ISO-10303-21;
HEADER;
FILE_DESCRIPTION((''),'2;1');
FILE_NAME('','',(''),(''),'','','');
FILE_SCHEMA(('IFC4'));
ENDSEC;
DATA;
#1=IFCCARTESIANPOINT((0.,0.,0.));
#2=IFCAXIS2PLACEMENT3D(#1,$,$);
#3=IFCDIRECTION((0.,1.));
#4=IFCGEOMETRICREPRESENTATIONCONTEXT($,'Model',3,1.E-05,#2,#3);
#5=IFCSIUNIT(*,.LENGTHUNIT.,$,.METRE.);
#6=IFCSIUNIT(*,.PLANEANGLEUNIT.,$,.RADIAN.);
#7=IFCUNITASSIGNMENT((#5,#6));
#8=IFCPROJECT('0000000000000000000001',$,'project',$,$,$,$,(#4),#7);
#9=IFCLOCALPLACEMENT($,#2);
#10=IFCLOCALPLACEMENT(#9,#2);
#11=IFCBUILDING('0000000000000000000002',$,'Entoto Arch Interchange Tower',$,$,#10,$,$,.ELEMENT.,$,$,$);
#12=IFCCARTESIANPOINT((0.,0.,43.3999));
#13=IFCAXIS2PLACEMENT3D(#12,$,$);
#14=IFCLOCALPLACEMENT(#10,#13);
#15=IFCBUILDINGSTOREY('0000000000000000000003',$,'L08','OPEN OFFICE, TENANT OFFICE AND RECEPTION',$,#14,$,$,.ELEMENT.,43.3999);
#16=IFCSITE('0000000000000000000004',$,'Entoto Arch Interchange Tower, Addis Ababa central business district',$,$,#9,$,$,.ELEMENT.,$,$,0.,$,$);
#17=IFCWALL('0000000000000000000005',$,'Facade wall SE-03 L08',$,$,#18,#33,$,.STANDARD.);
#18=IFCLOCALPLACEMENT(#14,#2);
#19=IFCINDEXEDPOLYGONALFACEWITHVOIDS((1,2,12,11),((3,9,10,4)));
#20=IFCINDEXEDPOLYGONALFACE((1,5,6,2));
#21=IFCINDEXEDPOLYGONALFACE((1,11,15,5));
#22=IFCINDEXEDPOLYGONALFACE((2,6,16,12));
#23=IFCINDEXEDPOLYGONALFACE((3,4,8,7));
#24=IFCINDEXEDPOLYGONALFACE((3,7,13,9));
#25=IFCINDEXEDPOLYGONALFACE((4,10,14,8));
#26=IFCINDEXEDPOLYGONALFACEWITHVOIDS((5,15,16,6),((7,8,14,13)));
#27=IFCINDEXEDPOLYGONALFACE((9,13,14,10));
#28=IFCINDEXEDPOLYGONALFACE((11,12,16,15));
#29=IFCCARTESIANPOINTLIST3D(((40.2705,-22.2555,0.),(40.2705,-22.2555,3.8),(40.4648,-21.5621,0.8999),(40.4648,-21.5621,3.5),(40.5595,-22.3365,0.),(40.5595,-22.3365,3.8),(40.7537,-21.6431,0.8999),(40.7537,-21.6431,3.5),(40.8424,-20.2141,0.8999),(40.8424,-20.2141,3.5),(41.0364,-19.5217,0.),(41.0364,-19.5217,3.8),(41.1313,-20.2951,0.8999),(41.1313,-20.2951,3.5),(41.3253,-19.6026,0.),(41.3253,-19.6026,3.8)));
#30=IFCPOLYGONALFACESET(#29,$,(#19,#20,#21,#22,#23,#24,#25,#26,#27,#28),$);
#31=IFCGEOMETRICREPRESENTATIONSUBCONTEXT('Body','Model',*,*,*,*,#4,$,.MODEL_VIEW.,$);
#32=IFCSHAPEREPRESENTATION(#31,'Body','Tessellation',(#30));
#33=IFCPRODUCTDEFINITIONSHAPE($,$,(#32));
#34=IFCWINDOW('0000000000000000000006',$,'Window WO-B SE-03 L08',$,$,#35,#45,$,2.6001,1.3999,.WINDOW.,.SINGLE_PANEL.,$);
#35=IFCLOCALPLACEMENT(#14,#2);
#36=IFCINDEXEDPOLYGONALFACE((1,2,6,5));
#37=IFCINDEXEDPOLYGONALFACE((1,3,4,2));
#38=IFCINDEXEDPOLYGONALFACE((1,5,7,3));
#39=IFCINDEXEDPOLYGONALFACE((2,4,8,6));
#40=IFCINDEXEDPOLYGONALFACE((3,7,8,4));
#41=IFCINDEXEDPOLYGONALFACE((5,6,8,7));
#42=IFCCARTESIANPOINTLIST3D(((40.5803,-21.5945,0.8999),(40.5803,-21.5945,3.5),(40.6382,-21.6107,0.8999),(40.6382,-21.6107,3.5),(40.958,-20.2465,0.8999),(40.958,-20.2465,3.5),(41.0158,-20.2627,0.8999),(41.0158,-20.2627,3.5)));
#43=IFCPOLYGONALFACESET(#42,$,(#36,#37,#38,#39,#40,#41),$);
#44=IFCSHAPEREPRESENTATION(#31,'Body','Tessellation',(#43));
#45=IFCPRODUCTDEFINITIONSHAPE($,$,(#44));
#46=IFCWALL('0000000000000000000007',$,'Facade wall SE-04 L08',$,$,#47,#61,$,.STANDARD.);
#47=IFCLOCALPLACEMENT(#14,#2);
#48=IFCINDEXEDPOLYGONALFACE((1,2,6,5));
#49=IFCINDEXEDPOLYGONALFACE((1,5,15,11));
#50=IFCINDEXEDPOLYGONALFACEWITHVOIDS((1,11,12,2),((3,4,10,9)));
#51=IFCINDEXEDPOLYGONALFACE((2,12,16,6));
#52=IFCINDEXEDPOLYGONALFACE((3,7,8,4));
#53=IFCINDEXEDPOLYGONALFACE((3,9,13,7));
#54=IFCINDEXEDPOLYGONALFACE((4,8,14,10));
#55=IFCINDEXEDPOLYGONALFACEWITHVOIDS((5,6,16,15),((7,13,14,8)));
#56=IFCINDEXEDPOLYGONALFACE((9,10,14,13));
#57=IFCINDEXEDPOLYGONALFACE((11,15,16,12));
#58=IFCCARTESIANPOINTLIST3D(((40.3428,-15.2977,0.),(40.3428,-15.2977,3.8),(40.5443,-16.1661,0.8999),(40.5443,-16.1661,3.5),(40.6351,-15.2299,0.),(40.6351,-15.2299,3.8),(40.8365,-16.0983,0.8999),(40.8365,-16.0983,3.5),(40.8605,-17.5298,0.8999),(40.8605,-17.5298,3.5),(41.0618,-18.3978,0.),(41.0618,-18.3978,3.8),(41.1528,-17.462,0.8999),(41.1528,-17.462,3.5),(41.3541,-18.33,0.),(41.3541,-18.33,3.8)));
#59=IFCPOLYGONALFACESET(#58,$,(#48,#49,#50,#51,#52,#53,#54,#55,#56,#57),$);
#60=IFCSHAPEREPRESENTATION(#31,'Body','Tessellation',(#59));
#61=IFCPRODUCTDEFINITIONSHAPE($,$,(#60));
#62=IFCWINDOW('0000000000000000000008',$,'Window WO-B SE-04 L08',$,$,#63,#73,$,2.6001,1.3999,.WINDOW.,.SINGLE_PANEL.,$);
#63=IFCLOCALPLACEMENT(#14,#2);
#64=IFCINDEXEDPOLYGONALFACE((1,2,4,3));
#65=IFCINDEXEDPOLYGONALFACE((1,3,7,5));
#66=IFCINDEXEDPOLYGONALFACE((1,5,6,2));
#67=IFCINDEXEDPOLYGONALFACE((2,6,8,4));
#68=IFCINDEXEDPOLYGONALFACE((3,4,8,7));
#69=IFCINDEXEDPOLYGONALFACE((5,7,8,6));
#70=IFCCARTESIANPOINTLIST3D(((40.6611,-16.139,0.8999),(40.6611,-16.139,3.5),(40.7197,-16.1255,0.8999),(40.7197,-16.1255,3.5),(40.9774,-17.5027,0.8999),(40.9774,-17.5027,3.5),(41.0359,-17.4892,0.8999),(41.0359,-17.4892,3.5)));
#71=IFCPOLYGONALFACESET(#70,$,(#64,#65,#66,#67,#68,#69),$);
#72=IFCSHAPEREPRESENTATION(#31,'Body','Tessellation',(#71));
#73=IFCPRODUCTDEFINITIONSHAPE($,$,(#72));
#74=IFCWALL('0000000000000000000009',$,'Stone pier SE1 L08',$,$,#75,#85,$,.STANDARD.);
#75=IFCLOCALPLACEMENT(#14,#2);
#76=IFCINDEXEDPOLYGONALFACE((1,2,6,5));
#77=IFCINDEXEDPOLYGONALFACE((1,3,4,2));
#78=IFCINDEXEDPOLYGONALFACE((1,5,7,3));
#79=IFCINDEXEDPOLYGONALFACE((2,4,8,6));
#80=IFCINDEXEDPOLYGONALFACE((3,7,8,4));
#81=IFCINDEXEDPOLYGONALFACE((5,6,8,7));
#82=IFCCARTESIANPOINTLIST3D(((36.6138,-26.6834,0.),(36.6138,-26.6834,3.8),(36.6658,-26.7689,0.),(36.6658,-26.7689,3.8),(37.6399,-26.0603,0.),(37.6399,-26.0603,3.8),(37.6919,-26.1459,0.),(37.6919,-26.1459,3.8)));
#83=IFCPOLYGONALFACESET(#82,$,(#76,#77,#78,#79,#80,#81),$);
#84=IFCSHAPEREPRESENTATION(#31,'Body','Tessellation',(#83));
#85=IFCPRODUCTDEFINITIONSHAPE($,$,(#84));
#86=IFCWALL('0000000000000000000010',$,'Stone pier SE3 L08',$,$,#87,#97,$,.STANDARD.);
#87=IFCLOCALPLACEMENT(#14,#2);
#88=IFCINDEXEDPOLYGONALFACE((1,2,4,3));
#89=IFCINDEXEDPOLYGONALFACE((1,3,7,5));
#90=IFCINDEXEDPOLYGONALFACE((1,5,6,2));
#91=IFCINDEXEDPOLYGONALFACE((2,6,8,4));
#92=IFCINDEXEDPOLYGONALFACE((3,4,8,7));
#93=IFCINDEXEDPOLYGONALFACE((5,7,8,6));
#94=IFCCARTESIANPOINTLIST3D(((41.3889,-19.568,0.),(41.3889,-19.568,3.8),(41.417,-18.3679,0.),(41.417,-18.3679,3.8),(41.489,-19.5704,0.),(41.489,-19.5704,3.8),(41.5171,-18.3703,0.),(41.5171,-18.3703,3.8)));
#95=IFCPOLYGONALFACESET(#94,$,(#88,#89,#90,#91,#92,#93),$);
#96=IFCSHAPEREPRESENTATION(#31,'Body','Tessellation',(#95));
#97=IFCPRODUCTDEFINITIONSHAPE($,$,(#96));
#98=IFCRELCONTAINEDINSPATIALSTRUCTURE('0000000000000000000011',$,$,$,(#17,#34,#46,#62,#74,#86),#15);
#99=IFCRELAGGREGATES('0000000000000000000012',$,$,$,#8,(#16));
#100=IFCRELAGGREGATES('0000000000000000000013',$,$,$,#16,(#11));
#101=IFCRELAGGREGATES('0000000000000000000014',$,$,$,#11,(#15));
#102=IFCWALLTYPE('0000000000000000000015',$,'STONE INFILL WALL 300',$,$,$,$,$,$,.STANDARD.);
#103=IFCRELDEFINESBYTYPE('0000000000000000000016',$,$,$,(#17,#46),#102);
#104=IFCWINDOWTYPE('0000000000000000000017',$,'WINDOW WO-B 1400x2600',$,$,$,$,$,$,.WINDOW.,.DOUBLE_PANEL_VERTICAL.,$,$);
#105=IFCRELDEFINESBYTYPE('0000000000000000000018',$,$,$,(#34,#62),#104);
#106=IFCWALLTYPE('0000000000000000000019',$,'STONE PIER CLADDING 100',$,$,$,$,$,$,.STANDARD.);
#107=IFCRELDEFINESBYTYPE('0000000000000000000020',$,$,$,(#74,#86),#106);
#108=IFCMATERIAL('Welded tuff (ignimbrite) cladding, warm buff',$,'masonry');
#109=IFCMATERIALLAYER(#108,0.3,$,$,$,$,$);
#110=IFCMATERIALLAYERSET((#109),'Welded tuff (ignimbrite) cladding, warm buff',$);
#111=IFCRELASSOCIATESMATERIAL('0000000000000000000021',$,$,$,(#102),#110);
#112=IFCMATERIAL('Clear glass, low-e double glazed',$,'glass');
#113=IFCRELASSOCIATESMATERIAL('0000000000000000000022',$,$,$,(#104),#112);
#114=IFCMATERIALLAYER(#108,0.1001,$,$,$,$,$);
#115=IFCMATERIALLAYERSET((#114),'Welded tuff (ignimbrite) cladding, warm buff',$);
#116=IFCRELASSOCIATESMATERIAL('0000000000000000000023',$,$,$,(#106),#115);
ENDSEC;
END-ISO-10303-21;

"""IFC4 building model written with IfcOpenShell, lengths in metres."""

from ifc_helpers import new_model, si_unit, direction, frame, frame_2d, origin, place, context, subcontext, project, spatial, rectangle, extrude, material, layer, layer_set, type_object, element, fill, save


model = new_model("IFC4")

# Units and contexts
model_context = context("Model", 3, precision=1e-05, world=origin(), true_north=direction((0.0, 1.0)))
body_context = subcontext(model_context, "Body", "Model", "MODEL_VIEW")
ifc_project = project(units=[si_unit("LENGTHUNIT", "METRE"), si_unit("PLANEANGLEUNIT", "RADIAN")], contexts=[model_context])

# Site, building, storey
site_placement = place(None, origin())
site = spatial("IfcSite", under=ifc_project, at=site_placement, Name="Entoto Arch Interchange Tower, Addis Ababa central business district", CompositionType="ELEMENT", RefElevation=0.0)
building_placement = place(site_placement, origin())
building = spatial("IfcBuilding", under=site, at=building_placement, Name="Entoto Arch Interchange Tower", CompositionType="ELEMENT")
storey_placement = place(building_placement, frame((0.0, 0.0, 43.3999)))
storey = spatial("IfcBuildingStorey", under=building, at=storey_placement, Name="L08", Description="OPEN OFFICE, TENANT OFFICE AND RECEPTION", CompositionType="ELEMENT", Elevation=43.3999)

# Walls, openings, windows
ifc_material_1 = material(Name="Welded tuff (ignimbrite) cladding, warm buff", Category="masonry")
ifc_layer_1 = layer(ifc_material_1, 0.3)
ifc_layer_set_1 = layer_set([ifc_layer_1], Name="Welded tuff (ignimbrite) cladding, warm buff")
wall_type_1 = type_object("IfcWallType", Name="STONE INFILL WALL 300", PredefinedType="STANDARD", material=ifc_layer_set_1)
ifc_material_2 = material(Name="Clear glass, low-e double glazed", Category="glass")
window_type = type_object("IfcWindowType", Name="WINDOW WO-B 1400x2600", PartitioningType="DOUBLE_PANEL_VERTICAL", PredefinedType="WINDOW", material=ifc_material_2)
wall_1_placement = place(storey_placement, frame((40.415, -22.2959, 0.0), z_axis=(0.0, 0.0, 1.0), x_axis=(0.269754, 0.962929, 0.0)))
wall_1 = element("IfcWall", 1, at=wall_1_placement, inside=storey, type_object=wall_type_1, Name="Facade wall SE-03 L08", PredefinedType="STANDARD", context=body_context, shape_type="SweptSolid", body=[
    extrude(rectangle(XDim=2.8391, YDim=0.3, at=frame_2d((1.4194, 0.0))), origin(), (0.0, 0.0, 1.0), 3.8),
])
opening_1_placement = place(wall_1_placement, frame((0.72, 0.0, 0.8999)))
opening_1 = element("IfcOpeningElement", 2, at=opening_1_placement, cuts=wall_1, PredefinedType="OPENING", context=body_context, shape_type="SweptSolid", body=[
    extrude(rectangle(XDim=1.3999, YDim=2.6001, at=frame_2d((0.7, 1.3))), frame((0.0, 0.1602, 0.0), z_axis=(0.0, -1.0, 0.0), x_axis=(1.0, 0.0, 0.0)), (0.0, 0.0, 1.0), 0.3201),
])
window_1_placement = place(opening_1_placement, origin())
window_1 = element("IfcWindow", 3, at=window_1_placement, inside=storey, type_object=window_type, Name="Window WO-B SE-03 L08", OverallHeight=2.6001, OverallWidth=1.3999, PartitioningType="SINGLE_PANEL", PredefinedType="WINDOW", context=body_context, shape_type="SweptSolid", body=[
    extrude(rectangle(XDim=1.3999, YDim=2.6001, at=frame_2d((0.7, 1.3))), frame((0.0, 0.03, 0.0), z_axis=(0.0, -1.0, 0.0), x_axis=(1.0, 0.0, 0.0)), (0.0, 0.0, 1.0), 0.0601),
])
fill(opening_1, window_1)
wall_2_placement = place(storey_placement, frame((41.208, -18.364, 0.0), z_axis=(0.0, 0.0, 1.0), x_axis=(-0.22593, 0.974144, 0.0)))
wall_2 = element("IfcWall", 4, at=wall_2_placement, inside=storey, type_object=wall_type_1, Name="Facade wall SE-04 L08", PredefinedType="STANDARD", context=body_context, shape_type="SweptSolid", body=[
    extrude(rectangle(XDim=3.1824, YDim=0.3, at=frame_2d((1.5913, 0.0))), origin(), (0.0, 0.0, 1.0), 3.8),
])
opening_2_placement = place(wall_2_placement, frame((0.8911, 0.0, 0.8999)))
opening_2 = element("IfcOpeningElement", 5, at=opening_2_placement, cuts=wall_2, PredefinedType="OPENING", context=body_context, shape_type="SweptSolid", body=[
    extrude(rectangle(XDim=1.3999, YDim=2.6001, at=frame_2d((0.7, 1.3))), frame((0.0, 0.1602, 0.0), z_axis=(0.0, -1.0, 0.0), x_axis=(1.0, 0.0, 0.0)), (0.0, 0.0, 1.0), 0.3201),
])
window_2_placement = place(opening_2_placement, origin())
window_2 = element("IfcWindow", 6, at=window_2_placement, inside=storey, type_object=window_type, Name="Window WO-B SE-04 L08", OverallHeight=2.6001, OverallWidth=1.3999, PartitioningType="SINGLE_PANEL", PredefinedType="WINDOW", context=body_context, shape_type="SweptSolid", body=[
    extrude(rectangle(XDim=1.3999, YDim=2.6001, at=frame_2d((0.7, 1.3))), frame((0.0, 0.03, 0.0), z_axis=(0.0, -1.0, 0.0), x_axis=(1.0, 0.0, 0.0)), (0.0, 0.0, 1.0), 0.0601),
])
fill(opening_2, window_2)

# Walls
ifc_layer_2 = layer(ifc_material_1, 0.1001)
ifc_layer_set_2 = layer_set([ifc_layer_2], Name="Welded tuff (ignimbrite) cladding, warm buff")
wall_type_2 = type_object("IfcWallType", Name="STONE PIER CLADDING 100", PredefinedType="STANDARD", material=ifc_layer_set_2)
for number, where, z_axis, x_axis, name in (
    (7, (36.6399, -26.7261, 0.0), (0.0, 0.0, 1.0), (0.854771, 0.519005, 0.0), "Stone pier SE1 L08"),
    (8, (41.439, -19.5691, 0.0), (0.0, 0.0, 1.0), (0.023387, 0.999726, 0.0), "Stone pier SE3 L08"),
):
    element("IfcWall", number, at=place(storey_placement, frame(where, z_axis=z_axis, x_axis=x_axis)), inside=storey, type_object=wall_type_2, Name=name, PredefinedType="STANDARD", context=body_context, shape_type="SweptSolid", body=[
        extrude(rectangle(XDim=1.2004, YDim=0.1001, at=frame_2d((0.6001, 0.0))), origin(), (0.0, 0.0, 1.0), 3.8),
    ])

save(model, "model.ifc")
